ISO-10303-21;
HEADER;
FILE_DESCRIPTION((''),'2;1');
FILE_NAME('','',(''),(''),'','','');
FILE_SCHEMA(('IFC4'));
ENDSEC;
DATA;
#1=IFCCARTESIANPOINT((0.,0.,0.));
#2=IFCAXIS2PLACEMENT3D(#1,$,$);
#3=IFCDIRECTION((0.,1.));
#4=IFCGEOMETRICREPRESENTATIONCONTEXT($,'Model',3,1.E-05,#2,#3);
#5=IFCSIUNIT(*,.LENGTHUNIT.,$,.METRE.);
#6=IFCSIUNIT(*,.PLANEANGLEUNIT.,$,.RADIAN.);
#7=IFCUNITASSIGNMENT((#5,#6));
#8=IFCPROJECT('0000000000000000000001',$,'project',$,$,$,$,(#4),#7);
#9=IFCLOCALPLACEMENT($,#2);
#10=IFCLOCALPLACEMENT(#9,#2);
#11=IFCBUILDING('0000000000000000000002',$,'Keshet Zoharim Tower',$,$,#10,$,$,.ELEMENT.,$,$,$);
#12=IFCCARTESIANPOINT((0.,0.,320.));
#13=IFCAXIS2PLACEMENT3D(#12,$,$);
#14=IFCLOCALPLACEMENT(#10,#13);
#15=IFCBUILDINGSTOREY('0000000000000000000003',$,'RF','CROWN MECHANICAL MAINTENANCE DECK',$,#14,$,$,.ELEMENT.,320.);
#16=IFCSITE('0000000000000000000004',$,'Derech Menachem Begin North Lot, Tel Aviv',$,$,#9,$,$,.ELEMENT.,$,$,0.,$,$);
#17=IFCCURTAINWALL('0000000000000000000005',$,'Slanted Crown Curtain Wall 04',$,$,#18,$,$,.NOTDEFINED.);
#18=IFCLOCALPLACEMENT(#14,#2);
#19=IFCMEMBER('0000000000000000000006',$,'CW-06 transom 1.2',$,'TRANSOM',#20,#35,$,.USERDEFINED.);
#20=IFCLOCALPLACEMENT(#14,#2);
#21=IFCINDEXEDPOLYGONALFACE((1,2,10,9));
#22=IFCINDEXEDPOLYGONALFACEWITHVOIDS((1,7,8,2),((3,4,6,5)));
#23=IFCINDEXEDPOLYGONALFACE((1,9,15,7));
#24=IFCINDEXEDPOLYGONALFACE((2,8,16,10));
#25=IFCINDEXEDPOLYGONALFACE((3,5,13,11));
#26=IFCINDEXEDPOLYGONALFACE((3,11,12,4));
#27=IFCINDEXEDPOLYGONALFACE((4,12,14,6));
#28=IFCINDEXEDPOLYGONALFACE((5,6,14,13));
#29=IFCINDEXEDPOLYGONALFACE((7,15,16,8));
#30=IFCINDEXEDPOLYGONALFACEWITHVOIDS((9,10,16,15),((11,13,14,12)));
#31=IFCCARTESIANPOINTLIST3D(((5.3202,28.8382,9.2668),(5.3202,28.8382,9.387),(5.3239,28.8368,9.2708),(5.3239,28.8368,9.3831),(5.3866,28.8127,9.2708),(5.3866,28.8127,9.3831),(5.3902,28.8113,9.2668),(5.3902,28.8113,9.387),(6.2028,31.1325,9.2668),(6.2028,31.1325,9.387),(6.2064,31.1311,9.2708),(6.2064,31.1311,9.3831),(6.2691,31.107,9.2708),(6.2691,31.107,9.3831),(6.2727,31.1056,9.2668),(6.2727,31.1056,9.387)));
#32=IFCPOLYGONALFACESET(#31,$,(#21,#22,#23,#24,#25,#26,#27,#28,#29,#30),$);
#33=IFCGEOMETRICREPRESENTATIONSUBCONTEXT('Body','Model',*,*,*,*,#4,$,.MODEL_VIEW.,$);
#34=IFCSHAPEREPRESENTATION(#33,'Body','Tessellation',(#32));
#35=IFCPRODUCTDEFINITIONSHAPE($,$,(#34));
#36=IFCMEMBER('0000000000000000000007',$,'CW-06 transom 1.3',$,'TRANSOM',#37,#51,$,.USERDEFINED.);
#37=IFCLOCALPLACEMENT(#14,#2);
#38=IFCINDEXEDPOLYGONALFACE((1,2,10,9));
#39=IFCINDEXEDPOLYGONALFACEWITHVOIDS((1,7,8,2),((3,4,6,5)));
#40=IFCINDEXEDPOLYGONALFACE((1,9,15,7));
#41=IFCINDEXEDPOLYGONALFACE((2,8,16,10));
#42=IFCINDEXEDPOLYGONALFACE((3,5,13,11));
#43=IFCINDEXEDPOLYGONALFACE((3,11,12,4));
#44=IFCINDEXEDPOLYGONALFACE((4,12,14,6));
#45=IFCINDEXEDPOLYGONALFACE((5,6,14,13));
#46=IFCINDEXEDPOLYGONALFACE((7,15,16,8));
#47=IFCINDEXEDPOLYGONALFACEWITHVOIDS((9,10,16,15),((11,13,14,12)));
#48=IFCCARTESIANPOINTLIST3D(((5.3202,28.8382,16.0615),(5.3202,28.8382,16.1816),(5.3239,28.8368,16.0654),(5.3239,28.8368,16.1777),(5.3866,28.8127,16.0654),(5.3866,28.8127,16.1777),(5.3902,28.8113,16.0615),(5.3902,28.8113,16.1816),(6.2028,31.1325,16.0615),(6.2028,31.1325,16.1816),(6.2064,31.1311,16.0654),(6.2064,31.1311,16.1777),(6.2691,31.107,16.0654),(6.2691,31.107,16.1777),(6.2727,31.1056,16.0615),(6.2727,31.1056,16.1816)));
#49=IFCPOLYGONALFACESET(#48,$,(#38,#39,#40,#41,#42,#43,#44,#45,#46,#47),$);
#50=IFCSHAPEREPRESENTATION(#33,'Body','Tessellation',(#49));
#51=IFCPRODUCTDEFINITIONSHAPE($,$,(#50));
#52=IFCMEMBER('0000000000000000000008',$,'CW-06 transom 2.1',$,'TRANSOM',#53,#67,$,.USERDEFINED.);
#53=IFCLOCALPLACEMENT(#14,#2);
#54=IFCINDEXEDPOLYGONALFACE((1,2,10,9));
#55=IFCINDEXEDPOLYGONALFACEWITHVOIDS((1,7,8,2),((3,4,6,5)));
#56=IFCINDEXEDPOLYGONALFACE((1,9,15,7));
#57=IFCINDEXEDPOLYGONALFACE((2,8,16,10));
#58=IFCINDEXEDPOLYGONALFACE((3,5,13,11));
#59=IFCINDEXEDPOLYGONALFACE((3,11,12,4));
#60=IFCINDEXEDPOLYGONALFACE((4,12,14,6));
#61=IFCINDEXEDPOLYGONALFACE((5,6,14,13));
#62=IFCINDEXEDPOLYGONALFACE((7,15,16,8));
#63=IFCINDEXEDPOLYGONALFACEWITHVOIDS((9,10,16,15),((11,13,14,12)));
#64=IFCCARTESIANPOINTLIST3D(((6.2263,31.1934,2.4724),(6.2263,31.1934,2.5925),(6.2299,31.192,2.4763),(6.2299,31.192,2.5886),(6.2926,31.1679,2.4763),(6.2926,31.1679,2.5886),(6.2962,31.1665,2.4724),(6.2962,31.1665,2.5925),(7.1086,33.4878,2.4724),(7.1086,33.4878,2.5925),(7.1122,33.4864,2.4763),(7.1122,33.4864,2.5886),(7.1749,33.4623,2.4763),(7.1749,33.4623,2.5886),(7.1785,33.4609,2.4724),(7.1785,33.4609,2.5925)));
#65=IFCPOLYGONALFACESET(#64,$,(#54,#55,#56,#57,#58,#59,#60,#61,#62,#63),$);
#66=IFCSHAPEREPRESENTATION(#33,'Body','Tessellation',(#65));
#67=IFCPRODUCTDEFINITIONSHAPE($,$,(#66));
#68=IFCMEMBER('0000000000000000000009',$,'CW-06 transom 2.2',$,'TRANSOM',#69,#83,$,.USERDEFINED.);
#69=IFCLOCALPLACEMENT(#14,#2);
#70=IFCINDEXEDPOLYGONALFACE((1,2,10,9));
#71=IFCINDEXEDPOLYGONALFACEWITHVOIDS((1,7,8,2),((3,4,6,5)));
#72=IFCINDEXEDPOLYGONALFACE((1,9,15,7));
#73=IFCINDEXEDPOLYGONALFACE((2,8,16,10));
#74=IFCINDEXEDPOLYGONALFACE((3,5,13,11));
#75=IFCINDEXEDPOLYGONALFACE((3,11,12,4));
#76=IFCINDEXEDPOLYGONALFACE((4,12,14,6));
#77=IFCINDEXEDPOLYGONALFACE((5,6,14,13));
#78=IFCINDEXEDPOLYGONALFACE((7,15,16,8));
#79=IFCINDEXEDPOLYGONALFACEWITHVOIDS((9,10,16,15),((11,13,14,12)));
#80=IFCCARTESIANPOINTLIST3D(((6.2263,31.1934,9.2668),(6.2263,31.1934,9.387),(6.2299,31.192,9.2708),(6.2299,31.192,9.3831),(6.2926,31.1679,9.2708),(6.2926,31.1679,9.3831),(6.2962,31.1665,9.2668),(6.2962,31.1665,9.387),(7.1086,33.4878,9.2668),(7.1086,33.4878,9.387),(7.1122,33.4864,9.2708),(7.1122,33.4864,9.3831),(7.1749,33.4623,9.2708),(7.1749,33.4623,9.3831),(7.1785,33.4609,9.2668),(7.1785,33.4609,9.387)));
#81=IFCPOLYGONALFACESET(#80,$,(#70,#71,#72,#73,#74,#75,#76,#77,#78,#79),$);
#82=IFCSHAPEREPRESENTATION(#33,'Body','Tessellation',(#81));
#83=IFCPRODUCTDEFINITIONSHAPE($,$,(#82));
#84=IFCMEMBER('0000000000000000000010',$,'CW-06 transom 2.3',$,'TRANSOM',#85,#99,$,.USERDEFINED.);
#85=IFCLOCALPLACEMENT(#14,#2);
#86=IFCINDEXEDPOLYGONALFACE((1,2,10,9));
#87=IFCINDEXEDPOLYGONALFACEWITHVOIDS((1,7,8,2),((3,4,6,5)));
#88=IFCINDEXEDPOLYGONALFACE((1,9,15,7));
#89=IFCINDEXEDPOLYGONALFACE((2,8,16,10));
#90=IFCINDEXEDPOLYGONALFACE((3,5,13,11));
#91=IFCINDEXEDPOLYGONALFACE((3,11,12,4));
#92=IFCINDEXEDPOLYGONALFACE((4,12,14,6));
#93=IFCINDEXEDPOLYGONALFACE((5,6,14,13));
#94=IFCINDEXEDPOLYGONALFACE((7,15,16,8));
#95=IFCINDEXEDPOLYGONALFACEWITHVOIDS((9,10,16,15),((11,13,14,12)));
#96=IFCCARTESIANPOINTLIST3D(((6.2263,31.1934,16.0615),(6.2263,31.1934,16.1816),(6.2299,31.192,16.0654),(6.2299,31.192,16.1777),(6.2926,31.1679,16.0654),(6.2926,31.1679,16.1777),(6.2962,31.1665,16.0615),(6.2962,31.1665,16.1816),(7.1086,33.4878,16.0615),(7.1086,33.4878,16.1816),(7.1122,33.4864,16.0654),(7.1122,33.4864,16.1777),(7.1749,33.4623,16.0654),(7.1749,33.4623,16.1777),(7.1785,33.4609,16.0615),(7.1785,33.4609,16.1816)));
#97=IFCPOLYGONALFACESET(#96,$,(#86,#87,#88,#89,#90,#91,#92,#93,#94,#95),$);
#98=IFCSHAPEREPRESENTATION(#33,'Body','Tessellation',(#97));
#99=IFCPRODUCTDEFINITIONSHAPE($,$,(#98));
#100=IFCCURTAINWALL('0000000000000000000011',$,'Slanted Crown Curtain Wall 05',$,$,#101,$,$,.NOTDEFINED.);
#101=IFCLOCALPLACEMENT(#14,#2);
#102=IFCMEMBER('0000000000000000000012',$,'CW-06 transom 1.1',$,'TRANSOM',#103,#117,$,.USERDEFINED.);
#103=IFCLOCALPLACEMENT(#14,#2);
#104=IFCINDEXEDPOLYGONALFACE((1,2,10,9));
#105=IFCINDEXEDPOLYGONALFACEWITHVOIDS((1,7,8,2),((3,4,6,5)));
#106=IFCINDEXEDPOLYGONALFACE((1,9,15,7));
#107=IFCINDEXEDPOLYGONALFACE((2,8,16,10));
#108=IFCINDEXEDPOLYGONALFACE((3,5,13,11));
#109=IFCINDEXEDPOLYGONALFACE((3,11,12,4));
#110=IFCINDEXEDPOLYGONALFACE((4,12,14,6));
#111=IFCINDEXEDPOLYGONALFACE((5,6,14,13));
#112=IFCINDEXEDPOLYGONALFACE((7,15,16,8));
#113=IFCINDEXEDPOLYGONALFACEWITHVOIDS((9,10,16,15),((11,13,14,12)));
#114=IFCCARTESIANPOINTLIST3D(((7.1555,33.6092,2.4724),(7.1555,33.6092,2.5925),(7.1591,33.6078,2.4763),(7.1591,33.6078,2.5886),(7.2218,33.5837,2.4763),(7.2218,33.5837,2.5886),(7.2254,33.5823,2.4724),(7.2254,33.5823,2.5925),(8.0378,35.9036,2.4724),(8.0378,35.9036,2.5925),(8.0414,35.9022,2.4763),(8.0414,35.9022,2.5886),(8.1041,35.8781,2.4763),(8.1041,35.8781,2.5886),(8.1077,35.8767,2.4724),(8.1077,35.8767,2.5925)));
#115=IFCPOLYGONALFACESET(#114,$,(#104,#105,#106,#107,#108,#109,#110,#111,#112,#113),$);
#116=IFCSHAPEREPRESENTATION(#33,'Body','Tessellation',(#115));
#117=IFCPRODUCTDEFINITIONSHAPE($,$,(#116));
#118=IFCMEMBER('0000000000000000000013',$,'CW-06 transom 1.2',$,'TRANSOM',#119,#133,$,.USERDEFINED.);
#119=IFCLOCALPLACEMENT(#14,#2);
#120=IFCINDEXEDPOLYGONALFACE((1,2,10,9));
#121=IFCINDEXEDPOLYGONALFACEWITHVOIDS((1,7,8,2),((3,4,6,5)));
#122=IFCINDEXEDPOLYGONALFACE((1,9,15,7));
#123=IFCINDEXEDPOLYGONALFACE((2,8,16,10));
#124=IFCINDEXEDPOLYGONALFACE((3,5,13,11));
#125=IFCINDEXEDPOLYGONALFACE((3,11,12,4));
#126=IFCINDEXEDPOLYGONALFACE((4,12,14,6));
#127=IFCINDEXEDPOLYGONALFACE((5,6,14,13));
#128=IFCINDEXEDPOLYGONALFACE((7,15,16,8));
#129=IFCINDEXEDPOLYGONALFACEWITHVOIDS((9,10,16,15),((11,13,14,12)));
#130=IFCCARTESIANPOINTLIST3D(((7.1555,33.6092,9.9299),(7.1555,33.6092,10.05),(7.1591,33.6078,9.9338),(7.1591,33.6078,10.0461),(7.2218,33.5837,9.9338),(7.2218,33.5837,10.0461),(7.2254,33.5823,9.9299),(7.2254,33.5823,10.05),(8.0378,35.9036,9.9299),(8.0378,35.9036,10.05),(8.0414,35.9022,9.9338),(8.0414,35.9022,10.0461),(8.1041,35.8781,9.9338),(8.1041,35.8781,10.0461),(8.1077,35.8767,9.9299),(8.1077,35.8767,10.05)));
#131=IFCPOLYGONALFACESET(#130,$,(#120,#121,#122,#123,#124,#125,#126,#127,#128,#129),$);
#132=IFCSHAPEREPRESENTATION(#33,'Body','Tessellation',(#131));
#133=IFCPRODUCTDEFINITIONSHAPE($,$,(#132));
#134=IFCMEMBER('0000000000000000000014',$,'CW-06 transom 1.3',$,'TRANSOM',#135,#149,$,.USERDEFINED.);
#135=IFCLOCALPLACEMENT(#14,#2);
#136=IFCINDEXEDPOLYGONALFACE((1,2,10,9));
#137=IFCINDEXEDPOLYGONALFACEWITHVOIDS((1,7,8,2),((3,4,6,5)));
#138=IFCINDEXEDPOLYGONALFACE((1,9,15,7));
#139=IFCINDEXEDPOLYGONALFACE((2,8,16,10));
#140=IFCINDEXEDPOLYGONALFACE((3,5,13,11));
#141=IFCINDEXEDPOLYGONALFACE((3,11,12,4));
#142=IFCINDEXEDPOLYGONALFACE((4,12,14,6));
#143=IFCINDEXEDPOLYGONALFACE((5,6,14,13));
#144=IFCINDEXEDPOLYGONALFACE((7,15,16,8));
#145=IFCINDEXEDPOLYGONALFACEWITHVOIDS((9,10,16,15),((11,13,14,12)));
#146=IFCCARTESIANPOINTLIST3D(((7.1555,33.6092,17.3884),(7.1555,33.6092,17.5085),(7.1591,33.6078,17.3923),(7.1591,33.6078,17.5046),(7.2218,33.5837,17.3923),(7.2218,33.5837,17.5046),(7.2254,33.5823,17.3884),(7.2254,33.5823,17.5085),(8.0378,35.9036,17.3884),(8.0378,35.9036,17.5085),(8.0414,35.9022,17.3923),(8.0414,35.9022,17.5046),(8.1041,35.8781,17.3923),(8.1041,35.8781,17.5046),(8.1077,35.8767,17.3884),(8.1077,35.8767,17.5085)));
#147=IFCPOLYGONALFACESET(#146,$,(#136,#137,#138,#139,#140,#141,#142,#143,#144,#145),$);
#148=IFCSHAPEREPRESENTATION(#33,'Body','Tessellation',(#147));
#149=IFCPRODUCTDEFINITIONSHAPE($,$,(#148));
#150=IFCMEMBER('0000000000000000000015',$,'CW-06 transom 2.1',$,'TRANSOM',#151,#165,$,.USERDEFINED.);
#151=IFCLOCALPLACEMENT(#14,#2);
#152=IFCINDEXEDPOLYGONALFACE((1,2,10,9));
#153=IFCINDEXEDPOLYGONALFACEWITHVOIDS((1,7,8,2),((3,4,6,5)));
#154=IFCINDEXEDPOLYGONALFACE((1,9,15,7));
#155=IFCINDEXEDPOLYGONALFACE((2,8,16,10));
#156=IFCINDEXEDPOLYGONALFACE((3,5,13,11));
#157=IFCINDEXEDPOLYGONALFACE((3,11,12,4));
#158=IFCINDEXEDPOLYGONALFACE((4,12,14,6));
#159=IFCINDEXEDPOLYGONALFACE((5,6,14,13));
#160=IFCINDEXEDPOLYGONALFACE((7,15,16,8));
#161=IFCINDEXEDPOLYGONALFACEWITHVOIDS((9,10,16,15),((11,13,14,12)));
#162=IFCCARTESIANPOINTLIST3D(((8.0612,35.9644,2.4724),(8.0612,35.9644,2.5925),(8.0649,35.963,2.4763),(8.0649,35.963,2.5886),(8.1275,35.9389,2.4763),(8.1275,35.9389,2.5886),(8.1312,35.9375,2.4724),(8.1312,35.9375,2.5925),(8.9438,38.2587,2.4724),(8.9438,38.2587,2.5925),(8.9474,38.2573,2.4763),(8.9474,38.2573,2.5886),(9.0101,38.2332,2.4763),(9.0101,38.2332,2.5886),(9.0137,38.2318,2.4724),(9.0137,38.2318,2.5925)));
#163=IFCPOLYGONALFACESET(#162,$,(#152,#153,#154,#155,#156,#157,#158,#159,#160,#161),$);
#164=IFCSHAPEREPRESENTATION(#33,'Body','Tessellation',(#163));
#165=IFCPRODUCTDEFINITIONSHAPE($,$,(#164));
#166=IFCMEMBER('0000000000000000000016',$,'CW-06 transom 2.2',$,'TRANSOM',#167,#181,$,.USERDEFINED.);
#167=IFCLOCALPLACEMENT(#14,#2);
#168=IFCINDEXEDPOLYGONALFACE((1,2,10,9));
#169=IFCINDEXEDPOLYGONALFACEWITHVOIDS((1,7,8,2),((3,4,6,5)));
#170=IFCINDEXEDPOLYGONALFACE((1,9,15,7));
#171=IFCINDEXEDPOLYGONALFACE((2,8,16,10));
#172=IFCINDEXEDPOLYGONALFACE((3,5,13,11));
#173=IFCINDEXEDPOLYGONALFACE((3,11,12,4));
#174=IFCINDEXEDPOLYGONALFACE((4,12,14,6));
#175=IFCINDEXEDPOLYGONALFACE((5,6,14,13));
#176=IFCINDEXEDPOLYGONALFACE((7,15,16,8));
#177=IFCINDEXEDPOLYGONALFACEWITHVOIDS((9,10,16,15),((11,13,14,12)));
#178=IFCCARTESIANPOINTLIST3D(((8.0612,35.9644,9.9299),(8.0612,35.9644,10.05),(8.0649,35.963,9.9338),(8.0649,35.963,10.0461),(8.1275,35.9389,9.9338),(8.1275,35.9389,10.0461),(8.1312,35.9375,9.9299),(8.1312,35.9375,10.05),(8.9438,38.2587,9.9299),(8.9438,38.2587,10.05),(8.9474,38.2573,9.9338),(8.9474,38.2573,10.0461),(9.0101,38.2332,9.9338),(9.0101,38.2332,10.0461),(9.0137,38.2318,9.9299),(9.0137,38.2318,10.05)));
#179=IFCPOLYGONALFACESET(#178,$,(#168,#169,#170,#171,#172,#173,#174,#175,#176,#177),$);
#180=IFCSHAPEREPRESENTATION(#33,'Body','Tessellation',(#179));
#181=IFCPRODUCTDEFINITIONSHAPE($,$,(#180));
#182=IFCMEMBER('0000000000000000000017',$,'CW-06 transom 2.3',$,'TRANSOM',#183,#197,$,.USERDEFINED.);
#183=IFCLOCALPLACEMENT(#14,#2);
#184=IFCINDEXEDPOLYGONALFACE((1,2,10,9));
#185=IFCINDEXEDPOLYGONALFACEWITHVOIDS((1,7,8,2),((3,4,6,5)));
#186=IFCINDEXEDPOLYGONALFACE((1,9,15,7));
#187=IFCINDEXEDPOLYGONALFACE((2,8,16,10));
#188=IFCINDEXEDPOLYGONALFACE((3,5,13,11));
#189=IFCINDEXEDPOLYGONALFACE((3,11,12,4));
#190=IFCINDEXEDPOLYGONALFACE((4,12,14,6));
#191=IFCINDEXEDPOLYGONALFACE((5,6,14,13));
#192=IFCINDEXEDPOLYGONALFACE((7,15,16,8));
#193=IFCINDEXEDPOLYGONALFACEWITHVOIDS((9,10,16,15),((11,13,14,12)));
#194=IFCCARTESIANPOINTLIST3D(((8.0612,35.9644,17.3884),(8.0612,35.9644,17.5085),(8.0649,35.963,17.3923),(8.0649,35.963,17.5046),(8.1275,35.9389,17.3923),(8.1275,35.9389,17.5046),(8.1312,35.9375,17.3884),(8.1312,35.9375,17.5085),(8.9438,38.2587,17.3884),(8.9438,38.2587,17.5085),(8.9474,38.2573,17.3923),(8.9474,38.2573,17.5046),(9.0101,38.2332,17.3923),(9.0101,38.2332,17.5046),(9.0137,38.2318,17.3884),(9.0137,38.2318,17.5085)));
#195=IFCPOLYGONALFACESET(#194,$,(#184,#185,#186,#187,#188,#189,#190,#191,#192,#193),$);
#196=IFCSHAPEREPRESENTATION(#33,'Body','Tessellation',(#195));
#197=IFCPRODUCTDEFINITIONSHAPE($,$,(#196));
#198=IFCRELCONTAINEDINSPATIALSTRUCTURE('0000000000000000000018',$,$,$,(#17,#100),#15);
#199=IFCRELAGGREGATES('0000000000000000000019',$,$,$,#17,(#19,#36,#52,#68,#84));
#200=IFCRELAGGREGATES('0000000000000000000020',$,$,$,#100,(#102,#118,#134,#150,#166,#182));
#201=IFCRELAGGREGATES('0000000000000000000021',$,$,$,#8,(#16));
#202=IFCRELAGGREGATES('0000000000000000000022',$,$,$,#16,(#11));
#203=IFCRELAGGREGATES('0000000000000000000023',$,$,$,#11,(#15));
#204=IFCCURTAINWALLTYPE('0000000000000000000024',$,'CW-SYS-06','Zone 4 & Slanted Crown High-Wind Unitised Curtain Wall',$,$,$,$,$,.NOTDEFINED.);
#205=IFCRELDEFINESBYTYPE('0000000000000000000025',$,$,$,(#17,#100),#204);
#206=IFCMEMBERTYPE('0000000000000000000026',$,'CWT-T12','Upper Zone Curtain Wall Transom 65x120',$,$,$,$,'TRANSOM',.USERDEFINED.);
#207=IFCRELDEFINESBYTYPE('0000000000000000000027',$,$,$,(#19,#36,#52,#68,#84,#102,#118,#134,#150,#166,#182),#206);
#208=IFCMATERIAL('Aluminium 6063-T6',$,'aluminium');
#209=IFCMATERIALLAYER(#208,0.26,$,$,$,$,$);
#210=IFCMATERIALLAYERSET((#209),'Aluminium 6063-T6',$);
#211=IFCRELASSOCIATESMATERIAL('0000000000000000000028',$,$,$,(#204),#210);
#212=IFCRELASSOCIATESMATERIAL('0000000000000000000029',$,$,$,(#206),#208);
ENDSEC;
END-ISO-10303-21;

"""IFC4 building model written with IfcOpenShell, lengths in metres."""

from ifc_helpers import new_model, si_unit, direction, frame, origin, origin_2d, place, context, subcontext, project, spatial, hollow_rectangle, extrude, material, layer, layer_set, material_profile, profile_set, type_object, element, aggregate, save


model = new_model("IFC4")

# Units and contexts
model_context = context("Model", 3, precision=1e-05, world=origin(), true_north=direction((0.0, 1.0)))
body_context = subcontext(model_context, "Body", "Model", "MODEL_VIEW")
ifc_project = project(units=[si_unit("LENGTHUNIT", "METRE"), si_unit("PLANEANGLEUNIT", "RADIAN")], contexts=[model_context])

# Site, building, storey
site_placement = place(None, origin())
site = spatial("IfcSite", under=ifc_project, at=site_placement, Name="Derech Menachem Begin North Lot, Tel Aviv", CompositionType="ELEMENT", RefElevation=0.0)
building_placement = place(site_placement, origin())
building = spatial("IfcBuilding", under=site, at=building_placement, Name="Keshet Zoharim Tower", CompositionType="ELEMENT")
storey_placement = place(building_placement, frame((0.0, 0.0, 320.0)))
storey = spatial("IfcBuildingStorey", under=building, at=storey_placement, Name="RF", Description="CROWN MECHANICAL MAINTENANCE DECK", CompositionType="ELEMENT", Elevation=320.0)

# Curtain walls, members
ifc_material_1 = material(Name="Aluminium 6063-T6", Category="aluminium")
ifc_layer_1 = layer(ifc_material_1, 0.26)
ifc_layer_set_1 = layer_set([ifc_layer_1], Name="Aluminium 6063-T6")
curtain_wall_type = type_object("IfcCurtainWallType", Name="CW-SYS-06", Description="Zone 4 & Slanted Crown High-Wind Unitised Curtain Wall", PredefinedType="NOTDEFINED", material=ifc_layer_set_1)
curtain_wall_1_placement = place(storey_placement, origin())
curtain_wall_1 = element("IfcCurtainWall", 1, at=curtain_wall_1_placement, inside=storey, type_object=curtain_wall_type, Name="Slanted Crown Curtain Wall 04", PredefinedType="NOTDEFINED")
ifc_material_profile_1 = material_profile(ifc_material_1, hollow_rectangle(XDim=0.075, YDim=0.1201, WallThickness=0.0039, at=origin_2d()), Name="TRN-75x120")
ifc_profile_set_1 = profile_set([ifc_material_profile_1], Name="Aluminium 6063-T6")
member_type_1 = type_object("IfcMemberType", Name="CWT-T12", Description="Upper Zone Curtain Wall Transom 65x120", ElementType="TRANSOM", PredefinedType="USERDEFINED", material=ifc_profile_set_1)
member_1_placement = place(storey_placement, frame((5.3552, 28.8247, 9.3269), z_axis=(0.359012, 0.933333, 0.0), x_axis=(-0.933333, 0.359012, 0.0)))
member_1 = element("IfcMember", 2, at=member_1_placement, type_object=member_type_1, Name="CW-06 transom 1.2", ObjectType="TRANSOM", PredefinedType="USERDEFINED", context=body_context, shape_type="SweptSolid", body=[
    extrude(hollow_rectangle(XDim=0.075, YDim=0.1201, WallThickness=0.0039, at=origin_2d()), origin(), (0.0, 0.0, 1.0), 2.4583),
])
member_2_placement = place(storey_placement, frame((5.3552, 28.8247, 16.1216), z_axis=(0.359012, 0.933333, 0.0), x_axis=(-0.933333, 0.359012, 0.0)))
member_2 = element("IfcMember", 3, at=member_2_placement, type_object=member_type_1, Name="CW-06 transom 1.3", ObjectType="TRANSOM", PredefinedType="USERDEFINED", context=body_context, shape_type="SweptSolid", body=[
    extrude(hollow_rectangle(XDim=0.075, YDim=0.1201, WallThickness=0.0039, at=origin_2d()), origin(), (0.0, 0.0, 1.0), 2.4583),
])
member_3_placement = place(storey_placement, frame((6.2612, 31.1799, 2.5325), z_axis=(0.358926, 0.933366, 0.0), x_axis=(-0.933366, 0.358926, 0.0)))
member_3 = element("IfcMember", 4, at=member_3_placement, type_object=member_type_1, Name="CW-06 transom 2.1", ObjectType="TRANSOM", PredefinedType="USERDEFINED", context=body_context, shape_type="SweptSolid", body=[
    extrude(hollow_rectangle(XDim=0.075, YDim=0.1201, WallThickness=0.0039, at=origin_2d()), origin(), (0.0, 0.0, 1.0), 2.4583),
])
member_4_placement = place(storey_placement, frame((6.2612, 31.1799, 9.3269), z_axis=(0.358926, 0.933366, 0.0), x_axis=(-0.933366, 0.358926, 0.0)))
member_4 = element("IfcMember", 5, at=member_4_placement, type_object=member_type_1, Name="CW-06 transom 2.2", ObjectType="TRANSOM", PredefinedType="USERDEFINED", context=body_context, shape_type="SweptSolid", body=[
    extrude(hollow_rectangle(XDim=0.075, YDim=0.1201, WallThickness=0.0039, at=origin_2d()), origin(), (0.0, 0.0, 1.0), 2.4583),
])
member_5_placement = place(storey_placement, frame((6.2612, 31.1799, 16.1216), z_axis=(0.358926, 0.933366, 0.0), x_axis=(-0.933366, 0.358926, 0.0)))
member_5 = element("IfcMember", 6, at=member_5_placement, type_object=member_type_1, Name="CW-06 transom 2.3", ObjectType="TRANSOM", PredefinedType="USERDEFINED", context=body_context, shape_type="SweptSolid", body=[
    extrude(hollow_rectangle(XDim=0.075, YDim=0.1201, WallThickness=0.0039, at=origin_2d()), origin(), (0.0, 0.0, 1.0), 2.4583),
])
curtain_wall_2_placement = place(storey_placement, origin())
curtain_wall_2 = element("IfcCurtainWall", 7, at=curtain_wall_2_placement, inside=storey, type_object=curtain_wall_type, Name="Slanted Crown Curtain Wall 05", PredefinedType="NOTDEFINED")
member_6_placement = place(storey_placement, frame((7.1904, 33.5957, 2.5325), z_axis=(0.358926, 0.933366, 0.0), x_axis=(-0.933366, 0.358926, 0.0)))
member_6 = element("IfcMember", 8, at=member_6_placement, type_object=member_type_1, Name="CW-06 transom 1.1", ObjectType="TRANSOM", PredefinedType="USERDEFINED", context=body_context, shape_type="SweptSolid", body=[
    extrude(hollow_rectangle(XDim=0.075, YDim=0.1201, WallThickness=0.0039, at=origin_2d()), origin(), (0.0, 0.0, 1.0), 2.4583),
])
member_7_placement = place(storey_placement, frame((7.1904, 33.5957, 9.99), z_axis=(0.358926, 0.933366, 0.0), x_axis=(-0.933366, 0.358926, 0.0)))
member_7 = element("IfcMember", 9, at=member_7_placement, type_object=member_type_1, Name="CW-06 transom 1.2", ObjectType="TRANSOM", PredefinedType="USERDEFINED", context=body_context, shape_type="SweptSolid", body=[
    extrude(hollow_rectangle(XDim=0.075, YDim=0.1201, WallThickness=0.0039, at=origin_2d()), origin(), (0.0, 0.0, 1.0), 2.4583),
])
member_8_placement = place(storey_placement, frame((7.1904, 33.5957, 17.4485), z_axis=(0.358926, 0.933366, 0.0), x_axis=(-0.933366, 0.358926, 0.0)))
member_8 = element("IfcMember", 10, at=member_8_placement, type_object=member_type_1, Name="CW-06 transom 1.3", ObjectType="TRANSOM", PredefinedType="USERDEFINED", context=body_context, shape_type="SweptSolid", body=[
    extrude(hollow_rectangle(XDim=0.075, YDim=0.1201, WallThickness=0.0039, at=origin_2d()), origin(), (0.0, 0.0, 1.0), 2.4583),
])
member_9_placement = place(storey_placement, frame((8.0962, 35.9509, 2.5325), z_axis=(0.359012, 0.933333, 0.0), x_axis=(-0.933333, 0.359012, 0.0)))
member_9 = element("IfcMember", 11, at=member_9_placement, type_object=member_type_1, Name="CW-06 transom 2.1", ObjectType="TRANSOM", PredefinedType="USERDEFINED", context=body_context, shape_type="SweptSolid", body=[
    extrude(hollow_rectangle(XDim=0.075, YDim=0.1201, WallThickness=0.0039, at=origin_2d()), origin(), (0.0, 0.0, 1.0), 2.4583),
])
member_10_placement = place(storey_placement, frame((8.0962, 35.9509, 9.99), z_axis=(0.359012, 0.933333, 0.0), x_axis=(-0.933333, 0.359012, 0.0)))
member_10 = element("IfcMember", 12, at=member_10_placement, type_object=member_type_1, Name="CW-06 transom 2.2", ObjectType="TRANSOM", PredefinedType="USERDEFINED", context=body_context, shape_type="SweptSolid", body=[
    extrude(hollow_rectangle(XDim=0.075, YDim=0.1201, WallThickness=0.0039, at=origin_2d()), origin(), (0.0, 0.0, 1.0), 2.4583),
])
member_11_placement = place(storey_placement, frame((8.0962, 35.9509, 17.4485), z_axis=(0.359012, 0.933333, 0.0), x_axis=(-0.933333, 0.359012, 0.0)))
member_11 = element("IfcMember", 13, at=member_11_placement, type_object=member_type_1, Name="CW-06 transom 2.3", ObjectType="TRANSOM", PredefinedType="USERDEFINED", context=body_context, shape_type="SweptSolid", body=[
    extrude(hollow_rectangle(XDim=0.075, YDim=0.1201, WallThickness=0.0039, at=origin_2d()), origin(), (0.0, 0.0, 1.0), 2.4583),
])

aggregate(curtain_wall_1, [member_1, member_2, member_3, member_4, member_5])
aggregate(curtain_wall_2, [member_6, member_7, member_8, member_9, member_10, member_11])

save(model, "model.ifc")
